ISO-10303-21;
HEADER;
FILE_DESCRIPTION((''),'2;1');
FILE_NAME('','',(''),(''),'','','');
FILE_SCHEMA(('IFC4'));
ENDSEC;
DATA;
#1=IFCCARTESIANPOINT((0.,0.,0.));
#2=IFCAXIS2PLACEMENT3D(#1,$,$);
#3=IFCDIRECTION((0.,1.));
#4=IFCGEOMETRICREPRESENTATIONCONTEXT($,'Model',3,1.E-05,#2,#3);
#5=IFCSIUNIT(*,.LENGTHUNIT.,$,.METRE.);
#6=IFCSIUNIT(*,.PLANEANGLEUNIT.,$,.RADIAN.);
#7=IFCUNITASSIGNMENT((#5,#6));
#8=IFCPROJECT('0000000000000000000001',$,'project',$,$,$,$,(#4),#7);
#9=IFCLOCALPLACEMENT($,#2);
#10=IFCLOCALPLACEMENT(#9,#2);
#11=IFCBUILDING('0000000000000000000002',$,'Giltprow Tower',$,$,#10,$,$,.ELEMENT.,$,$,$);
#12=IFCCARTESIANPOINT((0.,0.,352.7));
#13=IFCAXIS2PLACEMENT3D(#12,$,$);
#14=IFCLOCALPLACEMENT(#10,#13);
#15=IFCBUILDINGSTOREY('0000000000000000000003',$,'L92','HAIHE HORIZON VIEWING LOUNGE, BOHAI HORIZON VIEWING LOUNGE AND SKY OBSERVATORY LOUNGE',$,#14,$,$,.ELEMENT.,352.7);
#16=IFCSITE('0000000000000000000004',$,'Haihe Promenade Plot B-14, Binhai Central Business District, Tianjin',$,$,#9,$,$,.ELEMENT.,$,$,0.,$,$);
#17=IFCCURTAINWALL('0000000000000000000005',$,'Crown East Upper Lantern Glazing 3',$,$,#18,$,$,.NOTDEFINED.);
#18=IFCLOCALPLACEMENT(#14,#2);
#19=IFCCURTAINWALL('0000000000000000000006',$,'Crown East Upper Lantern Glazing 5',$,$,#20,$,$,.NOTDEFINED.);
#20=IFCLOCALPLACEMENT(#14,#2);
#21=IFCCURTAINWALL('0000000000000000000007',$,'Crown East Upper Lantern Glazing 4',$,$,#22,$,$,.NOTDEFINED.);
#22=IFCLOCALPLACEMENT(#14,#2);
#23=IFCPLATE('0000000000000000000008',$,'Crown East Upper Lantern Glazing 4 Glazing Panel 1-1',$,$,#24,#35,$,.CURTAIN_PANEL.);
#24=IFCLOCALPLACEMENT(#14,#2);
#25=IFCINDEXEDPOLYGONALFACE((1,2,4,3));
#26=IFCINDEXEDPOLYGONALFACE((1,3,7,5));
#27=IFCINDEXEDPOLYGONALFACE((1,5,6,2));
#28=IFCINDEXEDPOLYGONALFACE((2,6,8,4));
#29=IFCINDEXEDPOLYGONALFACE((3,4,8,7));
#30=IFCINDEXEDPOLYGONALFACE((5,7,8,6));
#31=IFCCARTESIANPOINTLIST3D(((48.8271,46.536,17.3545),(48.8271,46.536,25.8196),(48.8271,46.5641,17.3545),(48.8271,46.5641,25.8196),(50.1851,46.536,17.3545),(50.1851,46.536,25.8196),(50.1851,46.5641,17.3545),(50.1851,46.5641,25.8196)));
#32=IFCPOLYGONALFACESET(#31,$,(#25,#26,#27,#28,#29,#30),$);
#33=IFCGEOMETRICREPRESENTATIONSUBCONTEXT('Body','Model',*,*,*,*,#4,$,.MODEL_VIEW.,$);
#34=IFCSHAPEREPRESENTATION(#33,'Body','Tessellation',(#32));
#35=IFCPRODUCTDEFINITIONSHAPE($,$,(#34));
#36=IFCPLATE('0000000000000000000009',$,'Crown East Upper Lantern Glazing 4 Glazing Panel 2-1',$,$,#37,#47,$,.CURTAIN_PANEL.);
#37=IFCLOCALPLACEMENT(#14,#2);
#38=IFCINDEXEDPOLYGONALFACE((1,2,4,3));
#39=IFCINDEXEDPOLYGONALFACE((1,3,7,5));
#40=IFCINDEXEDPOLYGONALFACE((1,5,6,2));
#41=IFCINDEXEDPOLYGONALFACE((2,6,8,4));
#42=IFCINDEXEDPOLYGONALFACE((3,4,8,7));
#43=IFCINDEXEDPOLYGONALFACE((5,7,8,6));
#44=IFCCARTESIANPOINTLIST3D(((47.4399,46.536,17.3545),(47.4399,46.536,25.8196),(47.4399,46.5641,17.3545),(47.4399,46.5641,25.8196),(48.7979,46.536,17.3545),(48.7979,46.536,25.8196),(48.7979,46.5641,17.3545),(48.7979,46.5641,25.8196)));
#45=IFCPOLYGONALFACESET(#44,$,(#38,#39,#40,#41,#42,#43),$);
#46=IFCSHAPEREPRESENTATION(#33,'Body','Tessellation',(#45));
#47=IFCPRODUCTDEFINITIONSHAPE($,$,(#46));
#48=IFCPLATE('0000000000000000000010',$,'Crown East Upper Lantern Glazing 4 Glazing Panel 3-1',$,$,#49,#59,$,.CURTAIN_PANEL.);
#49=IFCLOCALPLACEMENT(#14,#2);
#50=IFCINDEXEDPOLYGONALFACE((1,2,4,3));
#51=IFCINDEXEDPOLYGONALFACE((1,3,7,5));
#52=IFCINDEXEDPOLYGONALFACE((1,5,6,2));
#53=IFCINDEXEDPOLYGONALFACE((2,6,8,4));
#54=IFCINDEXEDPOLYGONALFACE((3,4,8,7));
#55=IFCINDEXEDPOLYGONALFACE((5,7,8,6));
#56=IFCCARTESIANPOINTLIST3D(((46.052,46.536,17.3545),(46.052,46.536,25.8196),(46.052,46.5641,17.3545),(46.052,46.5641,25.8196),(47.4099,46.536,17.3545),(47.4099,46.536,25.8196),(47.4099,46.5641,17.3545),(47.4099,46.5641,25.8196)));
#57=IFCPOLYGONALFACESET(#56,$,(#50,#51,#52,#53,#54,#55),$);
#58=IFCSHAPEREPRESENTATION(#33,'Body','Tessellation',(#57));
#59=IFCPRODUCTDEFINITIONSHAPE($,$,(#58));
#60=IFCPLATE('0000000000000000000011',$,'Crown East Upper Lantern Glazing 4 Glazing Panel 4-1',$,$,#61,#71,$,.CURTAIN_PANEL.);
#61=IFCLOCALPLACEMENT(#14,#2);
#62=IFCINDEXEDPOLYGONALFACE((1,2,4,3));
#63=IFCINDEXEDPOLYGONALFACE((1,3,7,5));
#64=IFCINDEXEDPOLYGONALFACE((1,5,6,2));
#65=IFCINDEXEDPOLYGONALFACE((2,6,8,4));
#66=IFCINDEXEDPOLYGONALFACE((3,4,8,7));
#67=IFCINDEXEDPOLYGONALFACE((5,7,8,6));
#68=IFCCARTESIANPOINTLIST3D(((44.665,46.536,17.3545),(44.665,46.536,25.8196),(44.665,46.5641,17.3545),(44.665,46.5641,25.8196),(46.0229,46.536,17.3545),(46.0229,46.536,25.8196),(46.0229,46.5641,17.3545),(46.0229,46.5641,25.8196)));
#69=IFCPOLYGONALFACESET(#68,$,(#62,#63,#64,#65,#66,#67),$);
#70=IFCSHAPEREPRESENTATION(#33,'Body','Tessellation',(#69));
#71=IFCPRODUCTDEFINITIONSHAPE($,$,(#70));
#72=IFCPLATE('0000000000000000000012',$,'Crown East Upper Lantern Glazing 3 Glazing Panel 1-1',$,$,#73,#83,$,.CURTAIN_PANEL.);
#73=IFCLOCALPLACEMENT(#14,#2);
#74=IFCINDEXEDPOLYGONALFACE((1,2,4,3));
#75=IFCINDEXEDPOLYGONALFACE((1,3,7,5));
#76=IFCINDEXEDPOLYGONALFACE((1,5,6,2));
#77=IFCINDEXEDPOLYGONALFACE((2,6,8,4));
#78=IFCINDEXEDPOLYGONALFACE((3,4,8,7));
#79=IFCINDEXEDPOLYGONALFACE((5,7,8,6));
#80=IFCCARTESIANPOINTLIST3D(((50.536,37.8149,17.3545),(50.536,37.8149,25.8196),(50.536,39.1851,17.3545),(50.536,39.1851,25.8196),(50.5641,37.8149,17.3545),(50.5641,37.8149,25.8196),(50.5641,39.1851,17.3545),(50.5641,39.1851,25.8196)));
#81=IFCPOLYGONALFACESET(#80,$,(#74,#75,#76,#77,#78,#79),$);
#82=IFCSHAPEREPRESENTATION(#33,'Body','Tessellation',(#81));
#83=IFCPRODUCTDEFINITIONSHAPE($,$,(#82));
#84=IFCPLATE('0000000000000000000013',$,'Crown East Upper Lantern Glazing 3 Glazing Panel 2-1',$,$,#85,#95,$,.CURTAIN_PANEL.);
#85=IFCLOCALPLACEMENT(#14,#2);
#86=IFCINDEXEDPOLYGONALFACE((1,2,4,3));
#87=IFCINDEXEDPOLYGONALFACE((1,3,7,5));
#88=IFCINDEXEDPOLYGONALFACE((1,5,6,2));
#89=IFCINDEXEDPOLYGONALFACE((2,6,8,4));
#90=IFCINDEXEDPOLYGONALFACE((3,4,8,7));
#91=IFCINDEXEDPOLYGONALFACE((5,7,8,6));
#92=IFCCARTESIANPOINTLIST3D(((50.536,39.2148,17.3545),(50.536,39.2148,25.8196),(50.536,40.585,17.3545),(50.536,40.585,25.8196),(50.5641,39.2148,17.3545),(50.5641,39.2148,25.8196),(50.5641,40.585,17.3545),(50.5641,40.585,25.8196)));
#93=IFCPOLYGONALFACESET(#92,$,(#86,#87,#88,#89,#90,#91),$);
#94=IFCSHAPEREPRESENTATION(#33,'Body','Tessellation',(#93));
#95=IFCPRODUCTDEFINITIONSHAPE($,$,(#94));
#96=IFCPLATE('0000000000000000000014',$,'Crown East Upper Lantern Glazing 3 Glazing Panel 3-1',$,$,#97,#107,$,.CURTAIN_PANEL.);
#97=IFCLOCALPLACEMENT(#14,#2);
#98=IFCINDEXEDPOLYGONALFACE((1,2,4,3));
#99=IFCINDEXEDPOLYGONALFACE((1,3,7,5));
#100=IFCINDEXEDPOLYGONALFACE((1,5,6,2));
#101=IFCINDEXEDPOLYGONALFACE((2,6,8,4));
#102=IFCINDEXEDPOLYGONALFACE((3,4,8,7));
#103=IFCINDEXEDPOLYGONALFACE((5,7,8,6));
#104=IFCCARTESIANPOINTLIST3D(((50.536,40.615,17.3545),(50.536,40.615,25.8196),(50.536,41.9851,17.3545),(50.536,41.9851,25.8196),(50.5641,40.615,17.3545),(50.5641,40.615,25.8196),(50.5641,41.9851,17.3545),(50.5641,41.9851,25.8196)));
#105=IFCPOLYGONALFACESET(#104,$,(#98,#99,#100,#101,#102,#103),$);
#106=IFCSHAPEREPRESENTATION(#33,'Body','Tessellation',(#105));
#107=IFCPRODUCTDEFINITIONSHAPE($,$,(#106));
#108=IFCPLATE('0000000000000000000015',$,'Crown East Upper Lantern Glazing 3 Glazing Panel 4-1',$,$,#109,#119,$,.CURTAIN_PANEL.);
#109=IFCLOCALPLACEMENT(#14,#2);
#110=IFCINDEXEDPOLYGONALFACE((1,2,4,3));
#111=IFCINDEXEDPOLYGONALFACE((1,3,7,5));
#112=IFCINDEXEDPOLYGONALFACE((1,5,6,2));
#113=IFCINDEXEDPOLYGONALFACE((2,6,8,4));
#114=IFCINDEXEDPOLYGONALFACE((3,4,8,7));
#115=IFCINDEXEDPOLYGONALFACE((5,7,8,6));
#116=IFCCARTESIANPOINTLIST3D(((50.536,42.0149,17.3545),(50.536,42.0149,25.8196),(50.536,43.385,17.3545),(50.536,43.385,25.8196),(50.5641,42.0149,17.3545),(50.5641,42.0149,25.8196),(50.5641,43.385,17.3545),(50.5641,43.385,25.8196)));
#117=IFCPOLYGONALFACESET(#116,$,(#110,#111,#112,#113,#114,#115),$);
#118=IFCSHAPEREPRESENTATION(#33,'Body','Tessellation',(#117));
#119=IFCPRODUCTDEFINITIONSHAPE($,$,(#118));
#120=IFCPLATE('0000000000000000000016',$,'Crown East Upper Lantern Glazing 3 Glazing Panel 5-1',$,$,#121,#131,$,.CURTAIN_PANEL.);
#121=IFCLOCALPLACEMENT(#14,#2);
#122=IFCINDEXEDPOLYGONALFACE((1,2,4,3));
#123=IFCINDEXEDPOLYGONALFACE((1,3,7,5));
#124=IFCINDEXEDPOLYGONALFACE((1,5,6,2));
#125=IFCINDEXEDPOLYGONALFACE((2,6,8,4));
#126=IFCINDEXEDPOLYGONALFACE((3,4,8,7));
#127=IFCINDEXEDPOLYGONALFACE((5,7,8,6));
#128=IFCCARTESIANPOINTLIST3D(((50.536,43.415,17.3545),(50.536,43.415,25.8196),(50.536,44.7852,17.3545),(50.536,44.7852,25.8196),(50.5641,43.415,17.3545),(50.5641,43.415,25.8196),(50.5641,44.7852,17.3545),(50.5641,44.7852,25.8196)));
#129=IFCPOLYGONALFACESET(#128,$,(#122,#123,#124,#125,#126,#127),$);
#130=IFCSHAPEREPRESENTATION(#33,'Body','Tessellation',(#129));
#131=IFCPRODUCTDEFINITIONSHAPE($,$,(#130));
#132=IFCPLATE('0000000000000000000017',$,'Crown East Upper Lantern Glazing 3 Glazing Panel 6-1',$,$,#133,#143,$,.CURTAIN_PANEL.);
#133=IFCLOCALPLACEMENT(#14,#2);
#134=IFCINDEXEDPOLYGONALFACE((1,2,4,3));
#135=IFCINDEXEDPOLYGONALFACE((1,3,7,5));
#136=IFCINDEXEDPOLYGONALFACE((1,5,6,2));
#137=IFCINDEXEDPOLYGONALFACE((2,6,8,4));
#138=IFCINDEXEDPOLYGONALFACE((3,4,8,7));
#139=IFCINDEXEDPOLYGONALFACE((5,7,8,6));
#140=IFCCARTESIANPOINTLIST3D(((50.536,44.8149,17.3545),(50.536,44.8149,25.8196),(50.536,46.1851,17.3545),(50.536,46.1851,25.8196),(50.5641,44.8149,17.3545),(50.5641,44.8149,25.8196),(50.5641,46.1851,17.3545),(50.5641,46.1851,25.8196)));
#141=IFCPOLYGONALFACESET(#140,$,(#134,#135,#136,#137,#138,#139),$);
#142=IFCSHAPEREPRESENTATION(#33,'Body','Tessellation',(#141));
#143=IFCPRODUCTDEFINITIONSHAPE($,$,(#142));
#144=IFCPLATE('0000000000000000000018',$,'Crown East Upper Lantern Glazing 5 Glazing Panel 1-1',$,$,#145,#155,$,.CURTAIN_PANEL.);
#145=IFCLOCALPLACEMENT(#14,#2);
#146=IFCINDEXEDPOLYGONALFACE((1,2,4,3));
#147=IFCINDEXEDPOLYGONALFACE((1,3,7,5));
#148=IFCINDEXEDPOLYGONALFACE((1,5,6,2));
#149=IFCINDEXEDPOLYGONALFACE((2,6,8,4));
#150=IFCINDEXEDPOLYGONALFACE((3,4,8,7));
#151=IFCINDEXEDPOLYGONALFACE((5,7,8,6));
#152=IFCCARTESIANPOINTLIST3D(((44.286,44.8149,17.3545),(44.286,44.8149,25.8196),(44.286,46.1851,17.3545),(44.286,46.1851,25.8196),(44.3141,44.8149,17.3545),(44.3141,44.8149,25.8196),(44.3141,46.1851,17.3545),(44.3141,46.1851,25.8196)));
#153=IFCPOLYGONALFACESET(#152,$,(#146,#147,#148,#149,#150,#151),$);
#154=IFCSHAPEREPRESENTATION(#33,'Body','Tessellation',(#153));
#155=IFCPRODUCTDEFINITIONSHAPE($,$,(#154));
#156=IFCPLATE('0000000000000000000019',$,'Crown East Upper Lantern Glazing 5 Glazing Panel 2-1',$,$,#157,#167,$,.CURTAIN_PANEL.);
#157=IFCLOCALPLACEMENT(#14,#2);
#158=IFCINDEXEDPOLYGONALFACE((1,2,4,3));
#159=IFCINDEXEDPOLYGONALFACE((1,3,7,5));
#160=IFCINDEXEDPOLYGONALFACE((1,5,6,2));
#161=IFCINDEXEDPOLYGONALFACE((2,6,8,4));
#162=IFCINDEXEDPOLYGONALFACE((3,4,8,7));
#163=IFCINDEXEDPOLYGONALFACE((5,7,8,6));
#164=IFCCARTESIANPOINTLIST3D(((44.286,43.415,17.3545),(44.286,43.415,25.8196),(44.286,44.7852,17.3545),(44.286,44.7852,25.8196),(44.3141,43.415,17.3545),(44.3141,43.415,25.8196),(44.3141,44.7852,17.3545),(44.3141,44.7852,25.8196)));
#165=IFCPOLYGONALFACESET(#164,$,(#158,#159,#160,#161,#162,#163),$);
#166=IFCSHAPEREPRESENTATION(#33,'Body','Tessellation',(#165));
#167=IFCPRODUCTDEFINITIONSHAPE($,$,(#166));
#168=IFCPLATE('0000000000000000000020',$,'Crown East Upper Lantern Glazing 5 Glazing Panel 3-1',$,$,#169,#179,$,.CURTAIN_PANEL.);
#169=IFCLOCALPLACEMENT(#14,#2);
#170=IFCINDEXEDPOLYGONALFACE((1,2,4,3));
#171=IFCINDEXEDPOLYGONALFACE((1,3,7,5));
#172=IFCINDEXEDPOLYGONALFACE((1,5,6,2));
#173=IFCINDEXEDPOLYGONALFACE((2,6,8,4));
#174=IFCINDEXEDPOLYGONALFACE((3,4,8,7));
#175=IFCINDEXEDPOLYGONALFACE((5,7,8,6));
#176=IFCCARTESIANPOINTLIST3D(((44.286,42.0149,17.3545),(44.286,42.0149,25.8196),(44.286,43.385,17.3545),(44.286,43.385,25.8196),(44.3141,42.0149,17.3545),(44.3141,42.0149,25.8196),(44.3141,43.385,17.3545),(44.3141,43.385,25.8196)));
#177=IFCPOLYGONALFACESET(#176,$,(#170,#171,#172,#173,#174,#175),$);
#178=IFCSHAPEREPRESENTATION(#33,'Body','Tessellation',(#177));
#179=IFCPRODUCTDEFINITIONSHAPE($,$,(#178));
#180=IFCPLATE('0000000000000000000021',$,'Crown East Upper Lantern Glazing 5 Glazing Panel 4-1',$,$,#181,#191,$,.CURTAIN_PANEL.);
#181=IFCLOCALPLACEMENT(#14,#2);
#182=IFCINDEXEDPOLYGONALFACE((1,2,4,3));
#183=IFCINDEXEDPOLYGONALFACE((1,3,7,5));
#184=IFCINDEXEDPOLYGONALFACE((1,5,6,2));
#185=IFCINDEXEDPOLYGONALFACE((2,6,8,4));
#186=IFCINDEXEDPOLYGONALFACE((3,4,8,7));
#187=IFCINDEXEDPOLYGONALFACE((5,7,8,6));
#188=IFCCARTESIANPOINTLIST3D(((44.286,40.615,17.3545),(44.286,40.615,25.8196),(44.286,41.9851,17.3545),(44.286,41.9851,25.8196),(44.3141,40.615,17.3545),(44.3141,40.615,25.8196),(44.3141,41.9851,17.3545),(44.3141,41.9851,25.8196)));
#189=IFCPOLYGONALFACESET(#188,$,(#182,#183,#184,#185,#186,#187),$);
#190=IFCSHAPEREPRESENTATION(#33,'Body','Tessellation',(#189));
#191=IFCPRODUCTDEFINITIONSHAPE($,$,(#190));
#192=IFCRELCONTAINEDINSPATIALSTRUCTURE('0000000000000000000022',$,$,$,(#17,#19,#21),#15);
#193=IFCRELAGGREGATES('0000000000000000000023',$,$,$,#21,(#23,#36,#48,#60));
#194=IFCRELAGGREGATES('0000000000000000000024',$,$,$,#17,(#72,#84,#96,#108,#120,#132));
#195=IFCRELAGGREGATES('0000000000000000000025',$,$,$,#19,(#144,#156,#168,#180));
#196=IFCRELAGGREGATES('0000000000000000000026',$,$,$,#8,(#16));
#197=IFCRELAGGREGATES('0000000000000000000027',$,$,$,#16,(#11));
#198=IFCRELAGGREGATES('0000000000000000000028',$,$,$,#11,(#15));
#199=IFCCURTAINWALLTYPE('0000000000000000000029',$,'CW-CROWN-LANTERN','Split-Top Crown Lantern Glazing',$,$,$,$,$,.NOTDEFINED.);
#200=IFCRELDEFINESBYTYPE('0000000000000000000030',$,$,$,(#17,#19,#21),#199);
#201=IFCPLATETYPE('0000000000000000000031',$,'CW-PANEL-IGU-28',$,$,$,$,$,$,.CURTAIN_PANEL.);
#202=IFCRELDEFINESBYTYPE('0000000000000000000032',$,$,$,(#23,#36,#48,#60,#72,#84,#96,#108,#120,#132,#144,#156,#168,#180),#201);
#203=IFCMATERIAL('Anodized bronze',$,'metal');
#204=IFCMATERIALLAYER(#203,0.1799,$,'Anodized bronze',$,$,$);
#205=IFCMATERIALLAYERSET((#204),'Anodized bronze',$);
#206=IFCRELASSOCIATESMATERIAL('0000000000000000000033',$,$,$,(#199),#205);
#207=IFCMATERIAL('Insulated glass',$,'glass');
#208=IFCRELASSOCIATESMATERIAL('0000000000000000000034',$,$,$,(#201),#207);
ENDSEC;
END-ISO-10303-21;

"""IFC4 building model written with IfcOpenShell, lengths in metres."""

from ifc_helpers import new_model, si_unit, direction, frame, origin, origin_2d, place, context, subcontext, project, spatial, rectangle, extrude, source, transform, mapped, material, layer, layer_set, type_object, element, aggregate, save


model = new_model("IFC4")

# Units and contexts
model_context = context("Model", 3, precision=1e-05, world=origin(), true_north=direction((0.0, 1.0)))
body_context = subcontext(model_context, "Body", "Model", "MODEL_VIEW")
ifc_project = project(units=[si_unit("LENGTHUNIT", "METRE"), si_unit("PLANEANGLEUNIT", "RADIAN")], contexts=[model_context])

# Site, building, storey
site_placement = place(None, origin())
site = spatial("IfcSite", under=ifc_project, at=site_placement, Name="Haihe Promenade Plot B-14, Binhai Central Business District, Tianjin", CompositionType="ELEMENT", RefElevation=0.0)
building_placement = place(site_placement, origin())
building = spatial("IfcBuilding", under=site, at=building_placement, Name="Giltprow Tower", CompositionType="ELEMENT")
storey_placement = place(building_placement, frame((0.0, 0.0, 352.7)))
storey = spatial("IfcBuildingStorey", under=building, at=storey_placement, Name="L92", Description="HAIHE HORIZON VIEWING LOUNGE, BOHAI HORIZON VIEWING LOUNGE AND SKY OBSERVATORY LOUNGE", CompositionType="ELEMENT", Elevation=352.7)

# Curtain walls
ifc_material_1 = material(Name="Anodized bronze", Category="metal")
ifc_layer = layer(ifc_material_1, 0.1799, Name="Anodized bronze")
ifc_layer_set = layer_set([ifc_layer], Name="Anodized bronze")
curtain_wall_type = type_object("IfcCurtainWallType", Name="CW-CROWN-LANTERN", Description="Split-Top Crown Lantern Glazing", PredefinedType="NOTDEFINED", material=ifc_layer_set)
curtain_wall_1_placement = place(storey_placement, origin())
curtain_wall_1 = element("IfcCurtainWall", 1, at=curtain_wall_1_placement, inside=storey, type_object=curtain_wall_type, Name="Crown East Upper Lantern Glazing 3", PredefinedType="NOTDEFINED")
curtain_wall_2_placement = place(storey_placement, origin())
curtain_wall_2 = element("IfcCurtainWall", 2, at=curtain_wall_2_placement, inside=storey, type_object=curtain_wall_type, Name="Crown East Upper Lantern Glazing 5", PredefinedType="NOTDEFINED")
curtain_wall_3_placement = place(storey_placement, origin())
curtain_wall_3 = element("IfcCurtainWall", 3, at=curtain_wall_3_placement, inside=storey, type_object=curtain_wall_type, Name="Crown East Upper Lantern Glazing 4", PredefinedType="NOTDEFINED")

# Shared definitions
ifc_material_2 = material(Name="Insulated glass", Category="glass")
plate_type_1 = type_object("IfcPlateType", Name="CW-PANEL-IGU-28", PredefinedType="CURTAIN_PANEL", material=ifc_material_2)

# Plates
shared_shape_1 = source(origin(), body_context, "Body", "SweptSolid", [
    extrude(rectangle(XDim=1.3579, YDim=0.0281, at=origin_2d()), origin(), (0.0, 0.0, 1.0), 8.4651),
])
plate_1_placement = place(storey_placement, frame((49.5061, 46.55, 17.3545), z_axis=(0.0, 0.0, 1.0), x_axis=(-1.0, 0.0, 0.0)))
plate_1 = element("IfcPlate", 4, at=plate_1_placement, type_object=plate_type_1, Name="Crown East Upper Lantern Glazing 4 Glazing Panel 1-1", PredefinedType="CURTAIN_PANEL", context=body_context, shape_type="MappedRepresentation", body=[
    mapped(shared_shape_1, transform((0.0, 0.0, 0.0), x_axis=(1.0, 0.0, 0.0), y_axis=(0.0, 1.0, 0.0), z_axis=(0.0, 0.0, 1.0), scale=1.0)),
])
plate_2_placement = place(storey_placement, frame((48.1189, 46.55, 17.3545), z_axis=(0.0, 0.0, 1.0), x_axis=(-1.0, 0.0, 0.0)))
plate_2 = element("IfcPlate", 5, at=plate_2_placement, type_object=plate_type_1, Name="Crown East Upper Lantern Glazing 4 Glazing Panel 2-1", PredefinedType="CURTAIN_PANEL", context=body_context, shape_type="MappedRepresentation", body=[
    mapped(shared_shape_1, transform((0.0, 0.0, 0.0), x_axis=(1.0, 0.0, 0.0), y_axis=(0.0, 1.0, 0.0), z_axis=(0.0, 0.0, 1.0), scale=1.0)),
])
plate_3_placement = place(storey_placement, frame((46.731, 46.55, 17.3545), z_axis=(0.0, 0.0, 1.0), x_axis=(-1.0, 0.0, 0.0)))
plate_3 = element("IfcPlate", 6, at=plate_3_placement, type_object=plate_type_1, Name="Crown East Upper Lantern Glazing 4 Glazing Panel 3-1", PredefinedType="CURTAIN_PANEL", context=body_context, shape_type="MappedRepresentation", body=[
    mapped(shared_shape_1, transform((0.0, 0.0, 0.0), x_axis=(1.0, 0.0, 0.0), y_axis=(0.0, 1.0, 0.0), z_axis=(0.0, 0.0, 1.0), scale=1.0)),
])
plate_4_placement = place(storey_placement, frame((45.344, 46.55, 17.3545), z_axis=(0.0, 0.0, 1.0), x_axis=(-1.0, 0.0, 0.0)))
plate_4 = element("IfcPlate", 7, at=plate_4_placement, type_object=plate_type_1, Name="Crown East Upper Lantern Glazing 4 Glazing Panel 4-1", PredefinedType="CURTAIN_PANEL", context=body_context, shape_type="MappedRepresentation", body=[
    mapped(shared_shape_1, transform((0.0, 0.0, 0.0), x_axis=(1.0, 0.0, 0.0), y_axis=(0.0, 1.0, 0.0), z_axis=(0.0, 0.0, 1.0), scale=1.0)),
])
aggregate(curtain_wall_3, [plate_1, plate_2, plate_3, plate_4])
shared_shape_2 = source(origin(), body_context, "Body", "SweptSolid", [
    extrude(rectangle(XDim=1.3701, YDim=0.0281, at=origin_2d()), origin(), (0.0, 0.0, 1.0), 8.4651),
])
plate_5_placement = place(storey_placement, frame((50.55, 38.5, 17.3545), z_axis=(0.0, 0.0, 1.0), x_axis=(0.0, 1.0, 0.0)))
plate_5 = element("IfcPlate", 8, at=plate_5_placement, type_object=plate_type_1, Name="Crown East Upper Lantern Glazing 3 Glazing Panel 1-1", PredefinedType="CURTAIN_PANEL", context=body_context, shape_type="MappedRepresentation", body=[
    mapped(shared_shape_2, transform((0.0, 0.0, 0.0), x_axis=(1.0, 0.0, 0.0), y_axis=(0.0, 1.0, 0.0), z_axis=(0.0, 0.0, 1.0), scale=1.0)),
])
plate_6_placement = place(storey_placement, frame((50.55, 39.8999, 17.3545), z_axis=(0.0, 0.0, 1.0), x_axis=(0.0, 1.0, 0.0)))
plate_6 = element("IfcPlate", 9, at=plate_6_placement, type_object=plate_type_1, Name="Crown East Upper Lantern Glazing 3 Glazing Panel 2-1", PredefinedType="CURTAIN_PANEL", context=body_context, shape_type="MappedRepresentation", body=[
    mapped(shared_shape_2, transform((0.0, 0.0, 0.0), x_axis=(1.0, 0.0, 0.0), y_axis=(0.0, 1.0, 0.0), z_axis=(0.0, 0.0, 1.0), scale=1.0)),
])
plate_7_placement = place(storey_placement, frame((50.55, 41.3, 17.3545), z_axis=(0.0, 0.0, 1.0), x_axis=(0.0, 1.0, 0.0)))
plate_7 = element("IfcPlate", 10, at=plate_7_placement, type_object=plate_type_1, Name="Crown East Upper Lantern Glazing 3 Glazing Panel 3-1", PredefinedType="CURTAIN_PANEL", context=body_context, shape_type="MappedRepresentation", body=[
    mapped(shared_shape_2, transform((0.0, 0.0, 0.0), x_axis=(1.0, 0.0, 0.0), y_axis=(0.0, 1.0, 0.0), z_axis=(0.0, 0.0, 1.0), scale=1.0)),
])
plate_8_placement = place(storey_placement, frame((50.55, 42.7, 17.3545), z_axis=(0.0, 0.0, 1.0), x_axis=(0.0, 1.0, 0.0)))
plate_8 = element("IfcPlate", 11, at=plate_8_placement, type_object=plate_type_1, Name="Crown East Upper Lantern Glazing 3 Glazing Panel 4-1", PredefinedType="CURTAIN_PANEL", context=body_context, shape_type="MappedRepresentation", body=[
    mapped(shared_shape_2, transform((0.0, 0.0, 0.0), x_axis=(1.0, 0.0, 0.0), y_axis=(0.0, 1.0, 0.0), z_axis=(0.0, 0.0, 1.0), scale=1.0)),
])
plate_9_placement = place(storey_placement, frame((50.55, 44.1001, 17.3545), z_axis=(0.0, 0.0, 1.0), x_axis=(0.0, 1.0, 0.0)))
plate_9 = element("IfcPlate", 12, at=plate_9_placement, type_object=plate_type_1, Name="Crown East Upper Lantern Glazing 3 Glazing Panel 5-1", PredefinedType="CURTAIN_PANEL", context=body_context, shape_type="MappedRepresentation", body=[
    mapped(shared_shape_2, transform((0.0, 0.0, 0.0), x_axis=(1.0, 0.0, 0.0), y_axis=(0.0, 1.0, 0.0), z_axis=(0.0, 0.0, 1.0), scale=1.0)),
])
plate_10_placement = place(storey_placement, frame((50.55, 45.5, 17.3545), z_axis=(0.0, 0.0, 1.0), x_axis=(0.0, 1.0, 0.0)))
plate_10 = element("IfcPlate", 13, at=plate_10_placement, type_object=plate_type_1, Name="Crown East Upper Lantern Glazing 3 Glazing Panel 6-1", PredefinedType="CURTAIN_PANEL", context=body_context, shape_type="MappedRepresentation", body=[
    mapped(shared_shape_2, transform((0.0, 0.0, 0.0), x_axis=(1.0, 0.0, 0.0), y_axis=(0.0, 1.0, 0.0), z_axis=(0.0, 0.0, 1.0), scale=1.0)),
])
plate_11_placement = place(storey_placement, frame((44.3, 45.5, 17.3545), z_axis=(0.0, 0.0, 1.0), x_axis=(0.0, -1.0, 0.0)))
plate_11 = element("IfcPlate", 14, at=plate_11_placement, type_object=plate_type_1, Name="Crown East Upper Lantern Glazing 5 Glazing Panel 1-1", PredefinedType="CURTAIN_PANEL", context=body_context, shape_type="MappedRepresentation", body=[
    mapped(shared_shape_2, transform((0.0, 0.0, 0.0), x_axis=(1.0, 0.0, 0.0), y_axis=(0.0, 1.0, 0.0), z_axis=(0.0, 0.0, 1.0), scale=1.0)),
])
plate_12_placement = place(storey_placement, frame((44.3, 44.1001, 17.3545), z_axis=(0.0, 0.0, 1.0), x_axis=(0.0, -1.0, 0.0)))
plate_12 = element("IfcPlate", 15, at=plate_12_placement, type_object=plate_type_1, Name="Crown East Upper Lantern Glazing 5 Glazing Panel 2-1", PredefinedType="CURTAIN_PANEL", context=body_context, shape_type="MappedRepresentation", body=[
    mapped(shared_shape_2, transform((0.0, 0.0, 0.0), x_axis=(1.0, 0.0, 0.0), y_axis=(0.0, 1.0, 0.0), z_axis=(0.0, 0.0, 1.0), scale=1.0)),
])
plate_13_placement = place(storey_placement, frame((44.3, 42.7, 17.3545), z_axis=(0.0, 0.0, 1.0), x_axis=(0.0, -1.0, 0.0)))
plate_13 = element("IfcPlate", 16, at=plate_13_placement, type_object=plate_type_1, Name="Crown East Upper Lantern Glazing 5 Glazing Panel 3-1", PredefinedType="CURTAIN_PANEL", context=body_context, shape_type="MappedRepresentation", body=[
    mapped(shared_shape_2, transform((0.0, 0.0, 0.0), x_axis=(1.0, 0.0, 0.0), y_axis=(0.0, 1.0, 0.0), z_axis=(0.0, 0.0, 1.0), scale=1.0)),
])
plate_14_placement = place(storey_placement, frame((44.3, 41.3, 17.3545), z_axis=(0.0, 0.0, 1.0), x_axis=(0.0, -1.0, 0.0)))
plate_14 = element("IfcPlate", 17, at=plate_14_placement, type_object=plate_type_1, Name="Crown East Upper Lantern Glazing 5 Glazing Panel 4-1", PredefinedType="CURTAIN_PANEL", context=body_context, shape_type="MappedRepresentation", body=[
    mapped(shared_shape_2, transform((0.0, 0.0, 0.0), x_axis=(1.0, 0.0, 0.0), y_axis=(0.0, 1.0, 0.0), z_axis=(0.0, 0.0, 1.0), scale=1.0)),
])
aggregate(curtain_wall_1, [plate_5, plate_6, plate_7, plate_8, plate_9, plate_10])
aggregate(curtain_wall_2, [plate_11, plate_12, plate_13, plate_14])

save(model, "model.ifc")
